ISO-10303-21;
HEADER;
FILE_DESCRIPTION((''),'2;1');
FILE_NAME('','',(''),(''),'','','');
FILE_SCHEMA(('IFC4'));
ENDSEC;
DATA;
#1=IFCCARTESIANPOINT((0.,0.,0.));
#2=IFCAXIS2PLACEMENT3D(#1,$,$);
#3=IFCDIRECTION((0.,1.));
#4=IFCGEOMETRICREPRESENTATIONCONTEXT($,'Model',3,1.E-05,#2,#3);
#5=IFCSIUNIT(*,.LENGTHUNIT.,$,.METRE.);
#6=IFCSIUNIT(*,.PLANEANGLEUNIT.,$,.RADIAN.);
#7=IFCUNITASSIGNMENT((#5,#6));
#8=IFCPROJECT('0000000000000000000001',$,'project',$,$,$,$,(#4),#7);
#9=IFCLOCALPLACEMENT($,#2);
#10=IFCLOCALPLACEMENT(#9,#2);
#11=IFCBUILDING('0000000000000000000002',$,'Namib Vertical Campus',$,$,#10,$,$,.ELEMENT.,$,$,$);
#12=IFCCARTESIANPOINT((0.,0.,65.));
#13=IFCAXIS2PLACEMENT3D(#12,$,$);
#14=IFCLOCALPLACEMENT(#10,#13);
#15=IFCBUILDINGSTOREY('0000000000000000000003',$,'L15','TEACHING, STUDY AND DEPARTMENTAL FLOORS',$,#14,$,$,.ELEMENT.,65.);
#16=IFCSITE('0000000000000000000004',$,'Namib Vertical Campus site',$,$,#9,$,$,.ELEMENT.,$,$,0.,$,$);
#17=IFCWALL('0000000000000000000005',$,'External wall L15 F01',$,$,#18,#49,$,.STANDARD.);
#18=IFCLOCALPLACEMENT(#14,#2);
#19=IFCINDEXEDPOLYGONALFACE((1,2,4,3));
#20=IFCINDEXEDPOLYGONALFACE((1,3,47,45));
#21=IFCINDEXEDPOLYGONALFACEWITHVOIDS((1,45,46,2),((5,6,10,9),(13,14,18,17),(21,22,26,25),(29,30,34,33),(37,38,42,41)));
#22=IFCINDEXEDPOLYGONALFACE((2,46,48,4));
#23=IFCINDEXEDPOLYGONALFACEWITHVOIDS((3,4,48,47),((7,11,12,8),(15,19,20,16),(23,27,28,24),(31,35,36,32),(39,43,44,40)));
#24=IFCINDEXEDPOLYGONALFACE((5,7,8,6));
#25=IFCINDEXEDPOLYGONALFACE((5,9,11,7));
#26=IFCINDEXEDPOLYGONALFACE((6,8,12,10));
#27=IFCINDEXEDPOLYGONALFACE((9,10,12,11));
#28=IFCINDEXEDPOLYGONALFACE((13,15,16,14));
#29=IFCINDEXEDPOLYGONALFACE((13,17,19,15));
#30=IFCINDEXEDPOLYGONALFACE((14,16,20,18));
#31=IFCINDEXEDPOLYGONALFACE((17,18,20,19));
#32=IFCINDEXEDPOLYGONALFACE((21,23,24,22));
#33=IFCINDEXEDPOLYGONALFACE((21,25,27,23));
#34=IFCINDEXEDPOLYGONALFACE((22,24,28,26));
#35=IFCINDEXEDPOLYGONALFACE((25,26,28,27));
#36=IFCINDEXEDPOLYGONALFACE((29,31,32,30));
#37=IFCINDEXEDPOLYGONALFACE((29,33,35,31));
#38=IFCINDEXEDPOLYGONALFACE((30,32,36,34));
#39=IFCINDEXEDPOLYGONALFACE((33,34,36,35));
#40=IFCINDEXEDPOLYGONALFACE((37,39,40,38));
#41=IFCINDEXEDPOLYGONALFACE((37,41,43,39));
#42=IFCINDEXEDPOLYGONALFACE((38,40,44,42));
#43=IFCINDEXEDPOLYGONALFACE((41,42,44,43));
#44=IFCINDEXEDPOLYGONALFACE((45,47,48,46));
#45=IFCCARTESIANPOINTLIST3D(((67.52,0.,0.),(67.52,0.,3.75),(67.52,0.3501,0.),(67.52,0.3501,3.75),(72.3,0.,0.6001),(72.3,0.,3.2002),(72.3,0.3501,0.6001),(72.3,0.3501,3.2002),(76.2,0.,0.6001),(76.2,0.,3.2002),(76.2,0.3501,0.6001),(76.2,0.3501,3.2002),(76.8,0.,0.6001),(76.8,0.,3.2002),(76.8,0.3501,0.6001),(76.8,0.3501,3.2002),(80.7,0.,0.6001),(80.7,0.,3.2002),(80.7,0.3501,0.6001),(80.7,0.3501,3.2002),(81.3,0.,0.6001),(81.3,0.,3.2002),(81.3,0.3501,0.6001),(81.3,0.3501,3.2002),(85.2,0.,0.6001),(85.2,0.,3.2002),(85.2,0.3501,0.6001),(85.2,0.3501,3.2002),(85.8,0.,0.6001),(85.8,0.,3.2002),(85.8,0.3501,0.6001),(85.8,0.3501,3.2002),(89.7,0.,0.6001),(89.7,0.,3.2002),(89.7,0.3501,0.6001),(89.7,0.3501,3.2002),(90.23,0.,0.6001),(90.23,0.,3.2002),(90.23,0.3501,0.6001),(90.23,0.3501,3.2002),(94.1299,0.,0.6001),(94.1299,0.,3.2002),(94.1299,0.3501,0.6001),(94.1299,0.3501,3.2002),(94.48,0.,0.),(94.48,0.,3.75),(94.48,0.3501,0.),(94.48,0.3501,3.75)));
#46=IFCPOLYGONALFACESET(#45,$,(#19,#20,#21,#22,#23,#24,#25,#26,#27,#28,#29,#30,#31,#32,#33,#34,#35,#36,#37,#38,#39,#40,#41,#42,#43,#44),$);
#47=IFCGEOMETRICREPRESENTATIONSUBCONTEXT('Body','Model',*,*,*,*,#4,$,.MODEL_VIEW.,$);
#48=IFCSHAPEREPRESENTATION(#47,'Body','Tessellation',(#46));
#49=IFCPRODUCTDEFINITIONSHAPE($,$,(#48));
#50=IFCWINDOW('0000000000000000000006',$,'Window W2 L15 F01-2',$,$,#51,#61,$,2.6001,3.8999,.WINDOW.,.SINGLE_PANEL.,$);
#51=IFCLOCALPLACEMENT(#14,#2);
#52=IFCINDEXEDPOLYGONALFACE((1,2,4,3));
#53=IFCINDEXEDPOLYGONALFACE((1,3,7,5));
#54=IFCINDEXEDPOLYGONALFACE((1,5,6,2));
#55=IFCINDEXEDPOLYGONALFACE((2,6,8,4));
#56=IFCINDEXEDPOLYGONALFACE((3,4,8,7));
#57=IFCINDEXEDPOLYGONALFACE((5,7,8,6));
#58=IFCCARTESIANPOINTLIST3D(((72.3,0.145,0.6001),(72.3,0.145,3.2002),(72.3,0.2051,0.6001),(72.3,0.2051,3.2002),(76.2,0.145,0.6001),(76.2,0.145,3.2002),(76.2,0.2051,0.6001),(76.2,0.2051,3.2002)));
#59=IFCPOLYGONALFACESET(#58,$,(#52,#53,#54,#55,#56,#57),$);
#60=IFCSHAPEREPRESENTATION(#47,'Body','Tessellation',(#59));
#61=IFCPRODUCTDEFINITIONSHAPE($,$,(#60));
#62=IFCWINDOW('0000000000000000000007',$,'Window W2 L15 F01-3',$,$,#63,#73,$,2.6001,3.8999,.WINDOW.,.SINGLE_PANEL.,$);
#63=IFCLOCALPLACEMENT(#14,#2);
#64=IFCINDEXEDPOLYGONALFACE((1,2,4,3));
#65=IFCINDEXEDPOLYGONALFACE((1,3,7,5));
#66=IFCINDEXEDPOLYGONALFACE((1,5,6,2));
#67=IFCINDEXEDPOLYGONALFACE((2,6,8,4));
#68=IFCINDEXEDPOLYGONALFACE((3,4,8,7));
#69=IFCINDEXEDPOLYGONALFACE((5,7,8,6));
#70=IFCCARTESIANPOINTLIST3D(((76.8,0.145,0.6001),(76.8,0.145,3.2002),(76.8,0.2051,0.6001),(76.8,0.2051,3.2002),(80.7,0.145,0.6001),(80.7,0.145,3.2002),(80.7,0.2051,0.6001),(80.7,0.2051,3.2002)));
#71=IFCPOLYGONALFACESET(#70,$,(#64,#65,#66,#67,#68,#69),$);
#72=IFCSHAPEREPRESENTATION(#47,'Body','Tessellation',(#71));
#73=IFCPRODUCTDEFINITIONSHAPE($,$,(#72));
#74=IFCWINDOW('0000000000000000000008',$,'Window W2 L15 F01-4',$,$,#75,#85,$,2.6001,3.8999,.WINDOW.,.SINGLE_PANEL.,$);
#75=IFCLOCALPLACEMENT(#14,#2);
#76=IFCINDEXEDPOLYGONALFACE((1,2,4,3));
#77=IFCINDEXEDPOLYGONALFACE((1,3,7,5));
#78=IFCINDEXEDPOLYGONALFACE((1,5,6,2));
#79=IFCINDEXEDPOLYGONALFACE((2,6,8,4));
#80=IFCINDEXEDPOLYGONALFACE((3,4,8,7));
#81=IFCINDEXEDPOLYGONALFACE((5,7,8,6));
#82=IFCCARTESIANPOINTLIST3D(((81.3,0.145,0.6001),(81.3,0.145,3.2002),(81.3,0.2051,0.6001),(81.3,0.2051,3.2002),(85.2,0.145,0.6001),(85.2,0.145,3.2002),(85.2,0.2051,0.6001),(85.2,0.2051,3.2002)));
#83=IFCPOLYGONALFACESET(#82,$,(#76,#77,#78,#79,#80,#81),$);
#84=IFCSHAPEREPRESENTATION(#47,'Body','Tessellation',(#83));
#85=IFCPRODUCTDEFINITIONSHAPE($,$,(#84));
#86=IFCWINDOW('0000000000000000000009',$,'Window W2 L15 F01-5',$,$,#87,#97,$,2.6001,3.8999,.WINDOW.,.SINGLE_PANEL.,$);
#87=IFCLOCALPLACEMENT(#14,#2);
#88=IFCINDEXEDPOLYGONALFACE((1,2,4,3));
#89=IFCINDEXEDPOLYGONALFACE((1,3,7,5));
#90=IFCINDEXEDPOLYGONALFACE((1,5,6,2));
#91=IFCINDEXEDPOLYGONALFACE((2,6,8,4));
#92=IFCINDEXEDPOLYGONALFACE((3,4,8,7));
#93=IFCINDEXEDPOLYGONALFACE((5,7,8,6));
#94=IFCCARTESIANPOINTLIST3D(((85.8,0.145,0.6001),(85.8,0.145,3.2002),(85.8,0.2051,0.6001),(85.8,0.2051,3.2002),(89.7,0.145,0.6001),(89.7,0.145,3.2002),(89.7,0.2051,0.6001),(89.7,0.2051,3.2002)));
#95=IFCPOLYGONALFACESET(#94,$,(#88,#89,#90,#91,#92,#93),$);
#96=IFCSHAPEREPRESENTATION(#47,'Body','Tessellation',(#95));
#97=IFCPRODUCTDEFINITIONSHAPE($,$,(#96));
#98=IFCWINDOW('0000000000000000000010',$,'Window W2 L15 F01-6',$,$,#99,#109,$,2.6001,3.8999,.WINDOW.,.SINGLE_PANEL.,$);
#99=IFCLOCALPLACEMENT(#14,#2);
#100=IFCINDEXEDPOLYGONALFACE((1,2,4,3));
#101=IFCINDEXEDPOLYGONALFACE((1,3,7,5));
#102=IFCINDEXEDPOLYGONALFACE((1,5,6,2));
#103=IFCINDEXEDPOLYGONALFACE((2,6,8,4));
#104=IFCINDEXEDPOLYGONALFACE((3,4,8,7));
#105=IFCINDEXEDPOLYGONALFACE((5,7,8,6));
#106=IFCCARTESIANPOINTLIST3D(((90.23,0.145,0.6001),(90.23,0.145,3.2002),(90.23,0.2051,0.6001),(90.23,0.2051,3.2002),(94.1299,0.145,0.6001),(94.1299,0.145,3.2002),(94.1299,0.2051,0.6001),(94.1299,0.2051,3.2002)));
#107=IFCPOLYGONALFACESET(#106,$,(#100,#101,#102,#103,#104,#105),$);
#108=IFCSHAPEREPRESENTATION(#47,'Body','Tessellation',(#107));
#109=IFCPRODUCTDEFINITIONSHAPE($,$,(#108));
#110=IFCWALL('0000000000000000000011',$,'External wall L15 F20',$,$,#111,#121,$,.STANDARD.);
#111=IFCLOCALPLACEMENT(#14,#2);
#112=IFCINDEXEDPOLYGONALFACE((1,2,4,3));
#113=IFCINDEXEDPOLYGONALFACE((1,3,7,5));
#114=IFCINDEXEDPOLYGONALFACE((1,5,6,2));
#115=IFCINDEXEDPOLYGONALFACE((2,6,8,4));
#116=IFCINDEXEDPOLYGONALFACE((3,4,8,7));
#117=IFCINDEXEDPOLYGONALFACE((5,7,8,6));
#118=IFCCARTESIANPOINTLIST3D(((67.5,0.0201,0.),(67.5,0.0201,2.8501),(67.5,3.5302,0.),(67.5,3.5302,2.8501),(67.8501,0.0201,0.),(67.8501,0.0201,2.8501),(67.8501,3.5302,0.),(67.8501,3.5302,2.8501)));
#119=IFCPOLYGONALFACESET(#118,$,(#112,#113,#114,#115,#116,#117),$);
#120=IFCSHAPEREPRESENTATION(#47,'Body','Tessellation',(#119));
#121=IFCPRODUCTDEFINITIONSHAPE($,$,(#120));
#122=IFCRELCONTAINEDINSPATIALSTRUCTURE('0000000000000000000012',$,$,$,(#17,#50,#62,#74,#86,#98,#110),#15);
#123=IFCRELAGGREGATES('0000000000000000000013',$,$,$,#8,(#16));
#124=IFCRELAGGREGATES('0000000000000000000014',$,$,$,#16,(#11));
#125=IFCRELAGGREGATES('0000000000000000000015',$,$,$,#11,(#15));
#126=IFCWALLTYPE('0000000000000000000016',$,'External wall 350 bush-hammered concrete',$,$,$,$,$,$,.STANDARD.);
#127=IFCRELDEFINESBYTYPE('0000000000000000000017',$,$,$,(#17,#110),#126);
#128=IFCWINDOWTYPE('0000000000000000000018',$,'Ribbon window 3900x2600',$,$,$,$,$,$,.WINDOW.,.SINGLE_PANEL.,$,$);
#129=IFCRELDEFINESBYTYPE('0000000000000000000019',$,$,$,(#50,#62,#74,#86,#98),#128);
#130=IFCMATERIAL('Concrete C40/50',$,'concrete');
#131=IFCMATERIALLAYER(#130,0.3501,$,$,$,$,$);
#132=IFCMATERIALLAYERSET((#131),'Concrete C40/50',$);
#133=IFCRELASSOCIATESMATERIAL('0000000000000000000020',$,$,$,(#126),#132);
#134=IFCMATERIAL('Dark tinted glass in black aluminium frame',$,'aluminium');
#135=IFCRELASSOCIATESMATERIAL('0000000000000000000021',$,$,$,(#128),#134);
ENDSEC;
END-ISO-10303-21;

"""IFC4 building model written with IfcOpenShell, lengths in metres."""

from ifc_helpers import new_model, si_unit, direction, frame, frame_2d, origin, place, context, subcontext, project, spatial, rectangle, extrude, material, layer, layer_set, type_object, element, fill, save


model = new_model("IFC4")

# Units and contexts
model_context = context("Model", 3, precision=1e-05, world=origin(), true_north=direction((0.0, 1.0)))
body_context = subcontext(model_context, "Body", "Model", "MODEL_VIEW")
ifc_project = project(units=[si_unit("LENGTHUNIT", "METRE"), si_unit("PLANEANGLEUNIT", "RADIAN")], contexts=[model_context])

# Site, building, storey
site_placement = place(None, origin())
site = spatial("IfcSite", under=ifc_project, at=site_placement, Name="Namib Vertical Campus site", CompositionType="ELEMENT", RefElevation=0.0)
building_placement = place(site_placement, origin())
building = spatial("IfcBuilding", under=site, at=building_placement, Name="Namib Vertical Campus", CompositionType="ELEMENT")
storey_placement = place(building_placement, frame((0.0, 0.0, 65.0)))
storey = spatial("IfcBuildingStorey", under=building, at=storey_placement, Name="L15", Description="TEACHING, STUDY AND DEPARTMENTAL FLOORS", CompositionType="ELEMENT", Elevation=65.0)

# Wall, openings, windows
ifc_material_1 = material(Name="Concrete C40/50", Category="concrete")
ifc_layer_1 = layer(ifc_material_1, 0.3501)
ifc_layer_set_1 = layer_set([ifc_layer_1], Name="Concrete C40/50")
wall_type_1 = type_object("IfcWallType", Name="External wall 350 bush-hammered concrete", PredefinedType="STANDARD", material=ifc_layer_set_1)
wall_1_placement = place(storey_placement, frame((67.52, 0.175, 0.0), z_axis=(0.0, 0.0, 1.0), x_axis=(1.0, 0.0, 0.0)))
wall_1 = element("IfcWall", 1, at=wall_1_placement, inside=storey, type_object=wall_type_1, Name="External wall L15 F01", PredefinedType="STANDARD", context=body_context, shape_type="SweptSolid", body=[
    extrude(rectangle(XDim=26.96, YDim=0.3501, at=frame_2d((13.48, 0.0))), origin(), (0.0, 0.0, 1.0), 3.75),
])
opening_1_placement = place(wall_1_placement, frame((4.78, 0.0, 0.6001)))
opening_1 = element("IfcOpeningElement", 2, at=opening_1_placement, cuts=wall_1, PredefinedType="OPENING", context=body_context, shape_type="SweptSolid", body=[
    extrude(rectangle(XDim=3.8999, YDim=2.6001, at=frame_2d((1.95, 1.3))), frame((0.0, 0.1851, 0.0), z_axis=(0.0, -1.0, 0.0), x_axis=(1.0, 0.0, 0.0)), (0.0, 0.0, 1.0), 0.3701),
])
opening_2_placement = place(wall_1_placement, frame((9.28, 0.0, 0.6001)))
opening_2 = element("IfcOpeningElement", 3, at=opening_2_placement, cuts=wall_1, PredefinedType="OPENING", context=body_context, shape_type="SweptSolid", body=[
    extrude(rectangle(XDim=3.8999, YDim=2.6001, at=frame_2d((1.95, 1.3))), frame((0.0, 0.1851, 0.0), z_axis=(0.0, -1.0, 0.0), x_axis=(1.0, 0.0, 0.0)), (0.0, 0.0, 1.0), 0.3701),
])
opening_3_placement = place(wall_1_placement, frame((13.78, 0.0, 0.6001)))
opening_3 = element("IfcOpeningElement", 4, at=opening_3_placement, cuts=wall_1, PredefinedType="OPENING", context=body_context, shape_type="SweptSolid", body=[
    extrude(rectangle(XDim=3.8999, YDim=2.6001, at=frame_2d((1.95, 1.3))), frame((0.0, 0.1851, 0.0), z_axis=(0.0, -1.0, 0.0), x_axis=(1.0, 0.0, 0.0)), (0.0, 0.0, 1.0), 0.3701),
])
opening_4_placement = place(wall_1_placement, frame((18.28, 0.0, 0.6001)))
opening_4 = element("IfcOpeningElement", 5, at=opening_4_placement, cuts=wall_1, PredefinedType="OPENING", context=body_context, shape_type="SweptSolid", body=[
    extrude(rectangle(XDim=3.8999, YDim=2.6001, at=frame_2d((1.95, 1.3))), frame((0.0, 0.1851, 0.0), z_axis=(0.0, -1.0, 0.0), x_axis=(1.0, 0.0, 0.0)), (0.0, 0.0, 1.0), 0.3701),
])
opening_5_placement = place(wall_1_placement, frame((22.71, 0.0, 0.6001)))
opening_5 = element("IfcOpeningElement", 6, at=opening_5_placement, cuts=wall_1, PredefinedType="OPENING", context=body_context, shape_type="SweptSolid", body=[
    extrude(rectangle(XDim=3.8999, YDim=2.6001, at=frame_2d((1.95, 1.3))), frame((0.0, 0.1851, 0.0), z_axis=(0.0, -1.0, 0.0), x_axis=(1.0, 0.0, 0.0)), (0.0, 0.0, 1.0), 0.3701),
])
ifc_material_2 = material(Name="Dark tinted glass in black aluminium frame", Category="aluminium")
window_type = type_object("IfcWindowType", Name="Ribbon window 3900x2600", PartitioningType="SINGLE_PANEL", PredefinedType="WINDOW", material=ifc_material_2)
window_1_placement = place(opening_1_placement, origin())
window_1 = element("IfcWindow", 7, at=window_1_placement, inside=storey, type_object=window_type, Name="Window W2 L15 F01-2", OverallHeight=2.6001, OverallWidth=3.8999, PartitioningType="SINGLE_PANEL", PredefinedType="WINDOW", context=body_context, shape_type="SweptSolid", body=[
    extrude(rectangle(XDim=3.8999, YDim=2.6001, at=frame_2d((1.95, 1.3))), frame((0.0, 0.03, 0.0), z_axis=(0.0, -1.0, 0.0), x_axis=(1.0, 0.0, 0.0)), (0.0, 0.0, 1.0), 0.0601),
])
fill(opening_1, window_1)
window_2_placement = place(opening_2_placement, origin())
window_2 = element("IfcWindow", 8, at=window_2_placement, inside=storey, type_object=window_type, Name="Window W2 L15 F01-3", OverallHeight=2.6001, OverallWidth=3.8999, PartitioningType="SINGLE_PANEL", PredefinedType="WINDOW", context=body_context, shape_type="SweptSolid", body=[
    extrude(rectangle(XDim=3.8999, YDim=2.6001, at=frame_2d((1.95, 1.3))), frame((0.0, 0.03, 0.0), z_axis=(0.0, -1.0, 0.0), x_axis=(1.0, 0.0, 0.0)), (0.0, 0.0, 1.0), 0.0601),
])
fill(opening_2, window_2)
window_3_placement = place(opening_3_placement, origin())
window_3 = element("IfcWindow", 9, at=window_3_placement, inside=storey, type_object=window_type, Name="Window W2 L15 F01-4", OverallHeight=2.6001, OverallWidth=3.8999, PartitioningType="SINGLE_PANEL", PredefinedType="WINDOW", context=body_context, shape_type="SweptSolid", body=[
    extrude(rectangle(XDim=3.8999, YDim=2.6001, at=frame_2d((1.95, 1.3))), frame((0.0, 0.03, 0.0), z_axis=(0.0, -1.0, 0.0), x_axis=(1.0, 0.0, 0.0)), (0.0, 0.0, 1.0), 0.0601),
])
fill(opening_3, window_3)
window_4_placement = place(opening_4_placement, origin())
window_4 = element("IfcWindow", 10, at=window_4_placement, inside=storey, type_object=window_type, Name="Window W2 L15 F01-5", OverallHeight=2.6001, OverallWidth=3.8999, PartitioningType="SINGLE_PANEL", PredefinedType="WINDOW", context=body_context, shape_type="SweptSolid", body=[
    extrude(rectangle(XDim=3.8999, YDim=2.6001, at=frame_2d((1.95, 1.3))), frame((0.0, 0.03, 0.0), z_axis=(0.0, -1.0, 0.0), x_axis=(1.0, 0.0, 0.0)), (0.0, 0.0, 1.0), 0.0601),
])
fill(opening_4, window_4)
window_5_placement = place(opening_5_placement, origin())
window_5 = element("IfcWindow", 11, at=window_5_placement, inside=storey, type_object=window_type, Name="Window W2 L15 F01-6", OverallHeight=2.6001, OverallWidth=3.8999, PartitioningType="SINGLE_PANEL", PredefinedType="WINDOW", context=body_context, shape_type="SweptSolid", body=[
    extrude(rectangle(XDim=3.8999, YDim=2.6001, at=frame_2d((1.95, 1.3))), frame((0.0, 0.03, 0.0), z_axis=(0.0, -1.0, 0.0), x_axis=(1.0, 0.0, 0.0)), (0.0, 0.0, 1.0), 0.0601),
])
fill(opening_5, window_5)

# Wall
wall_2_placement = place(storey_placement, frame((67.675, 3.53, 0.0), z_axis=(0.0, 0.0, 1.0), x_axis=(0.0, -1.0, 0.0)))
element("IfcWall", 12, at=wall_2_placement, inside=storey, type_object=wall_type_1, Name="External wall L15 F20", PredefinedType="STANDARD", context=body_context, shape_type="SweptSolid", body=[
    extrude(rectangle(XDim=3.51, YDim=0.3501, at=frame_2d((1.7549, 0.0))), origin(), (0.0, 0.0, 1.0), 2.8501),
])

save(model, "model.ifc")
